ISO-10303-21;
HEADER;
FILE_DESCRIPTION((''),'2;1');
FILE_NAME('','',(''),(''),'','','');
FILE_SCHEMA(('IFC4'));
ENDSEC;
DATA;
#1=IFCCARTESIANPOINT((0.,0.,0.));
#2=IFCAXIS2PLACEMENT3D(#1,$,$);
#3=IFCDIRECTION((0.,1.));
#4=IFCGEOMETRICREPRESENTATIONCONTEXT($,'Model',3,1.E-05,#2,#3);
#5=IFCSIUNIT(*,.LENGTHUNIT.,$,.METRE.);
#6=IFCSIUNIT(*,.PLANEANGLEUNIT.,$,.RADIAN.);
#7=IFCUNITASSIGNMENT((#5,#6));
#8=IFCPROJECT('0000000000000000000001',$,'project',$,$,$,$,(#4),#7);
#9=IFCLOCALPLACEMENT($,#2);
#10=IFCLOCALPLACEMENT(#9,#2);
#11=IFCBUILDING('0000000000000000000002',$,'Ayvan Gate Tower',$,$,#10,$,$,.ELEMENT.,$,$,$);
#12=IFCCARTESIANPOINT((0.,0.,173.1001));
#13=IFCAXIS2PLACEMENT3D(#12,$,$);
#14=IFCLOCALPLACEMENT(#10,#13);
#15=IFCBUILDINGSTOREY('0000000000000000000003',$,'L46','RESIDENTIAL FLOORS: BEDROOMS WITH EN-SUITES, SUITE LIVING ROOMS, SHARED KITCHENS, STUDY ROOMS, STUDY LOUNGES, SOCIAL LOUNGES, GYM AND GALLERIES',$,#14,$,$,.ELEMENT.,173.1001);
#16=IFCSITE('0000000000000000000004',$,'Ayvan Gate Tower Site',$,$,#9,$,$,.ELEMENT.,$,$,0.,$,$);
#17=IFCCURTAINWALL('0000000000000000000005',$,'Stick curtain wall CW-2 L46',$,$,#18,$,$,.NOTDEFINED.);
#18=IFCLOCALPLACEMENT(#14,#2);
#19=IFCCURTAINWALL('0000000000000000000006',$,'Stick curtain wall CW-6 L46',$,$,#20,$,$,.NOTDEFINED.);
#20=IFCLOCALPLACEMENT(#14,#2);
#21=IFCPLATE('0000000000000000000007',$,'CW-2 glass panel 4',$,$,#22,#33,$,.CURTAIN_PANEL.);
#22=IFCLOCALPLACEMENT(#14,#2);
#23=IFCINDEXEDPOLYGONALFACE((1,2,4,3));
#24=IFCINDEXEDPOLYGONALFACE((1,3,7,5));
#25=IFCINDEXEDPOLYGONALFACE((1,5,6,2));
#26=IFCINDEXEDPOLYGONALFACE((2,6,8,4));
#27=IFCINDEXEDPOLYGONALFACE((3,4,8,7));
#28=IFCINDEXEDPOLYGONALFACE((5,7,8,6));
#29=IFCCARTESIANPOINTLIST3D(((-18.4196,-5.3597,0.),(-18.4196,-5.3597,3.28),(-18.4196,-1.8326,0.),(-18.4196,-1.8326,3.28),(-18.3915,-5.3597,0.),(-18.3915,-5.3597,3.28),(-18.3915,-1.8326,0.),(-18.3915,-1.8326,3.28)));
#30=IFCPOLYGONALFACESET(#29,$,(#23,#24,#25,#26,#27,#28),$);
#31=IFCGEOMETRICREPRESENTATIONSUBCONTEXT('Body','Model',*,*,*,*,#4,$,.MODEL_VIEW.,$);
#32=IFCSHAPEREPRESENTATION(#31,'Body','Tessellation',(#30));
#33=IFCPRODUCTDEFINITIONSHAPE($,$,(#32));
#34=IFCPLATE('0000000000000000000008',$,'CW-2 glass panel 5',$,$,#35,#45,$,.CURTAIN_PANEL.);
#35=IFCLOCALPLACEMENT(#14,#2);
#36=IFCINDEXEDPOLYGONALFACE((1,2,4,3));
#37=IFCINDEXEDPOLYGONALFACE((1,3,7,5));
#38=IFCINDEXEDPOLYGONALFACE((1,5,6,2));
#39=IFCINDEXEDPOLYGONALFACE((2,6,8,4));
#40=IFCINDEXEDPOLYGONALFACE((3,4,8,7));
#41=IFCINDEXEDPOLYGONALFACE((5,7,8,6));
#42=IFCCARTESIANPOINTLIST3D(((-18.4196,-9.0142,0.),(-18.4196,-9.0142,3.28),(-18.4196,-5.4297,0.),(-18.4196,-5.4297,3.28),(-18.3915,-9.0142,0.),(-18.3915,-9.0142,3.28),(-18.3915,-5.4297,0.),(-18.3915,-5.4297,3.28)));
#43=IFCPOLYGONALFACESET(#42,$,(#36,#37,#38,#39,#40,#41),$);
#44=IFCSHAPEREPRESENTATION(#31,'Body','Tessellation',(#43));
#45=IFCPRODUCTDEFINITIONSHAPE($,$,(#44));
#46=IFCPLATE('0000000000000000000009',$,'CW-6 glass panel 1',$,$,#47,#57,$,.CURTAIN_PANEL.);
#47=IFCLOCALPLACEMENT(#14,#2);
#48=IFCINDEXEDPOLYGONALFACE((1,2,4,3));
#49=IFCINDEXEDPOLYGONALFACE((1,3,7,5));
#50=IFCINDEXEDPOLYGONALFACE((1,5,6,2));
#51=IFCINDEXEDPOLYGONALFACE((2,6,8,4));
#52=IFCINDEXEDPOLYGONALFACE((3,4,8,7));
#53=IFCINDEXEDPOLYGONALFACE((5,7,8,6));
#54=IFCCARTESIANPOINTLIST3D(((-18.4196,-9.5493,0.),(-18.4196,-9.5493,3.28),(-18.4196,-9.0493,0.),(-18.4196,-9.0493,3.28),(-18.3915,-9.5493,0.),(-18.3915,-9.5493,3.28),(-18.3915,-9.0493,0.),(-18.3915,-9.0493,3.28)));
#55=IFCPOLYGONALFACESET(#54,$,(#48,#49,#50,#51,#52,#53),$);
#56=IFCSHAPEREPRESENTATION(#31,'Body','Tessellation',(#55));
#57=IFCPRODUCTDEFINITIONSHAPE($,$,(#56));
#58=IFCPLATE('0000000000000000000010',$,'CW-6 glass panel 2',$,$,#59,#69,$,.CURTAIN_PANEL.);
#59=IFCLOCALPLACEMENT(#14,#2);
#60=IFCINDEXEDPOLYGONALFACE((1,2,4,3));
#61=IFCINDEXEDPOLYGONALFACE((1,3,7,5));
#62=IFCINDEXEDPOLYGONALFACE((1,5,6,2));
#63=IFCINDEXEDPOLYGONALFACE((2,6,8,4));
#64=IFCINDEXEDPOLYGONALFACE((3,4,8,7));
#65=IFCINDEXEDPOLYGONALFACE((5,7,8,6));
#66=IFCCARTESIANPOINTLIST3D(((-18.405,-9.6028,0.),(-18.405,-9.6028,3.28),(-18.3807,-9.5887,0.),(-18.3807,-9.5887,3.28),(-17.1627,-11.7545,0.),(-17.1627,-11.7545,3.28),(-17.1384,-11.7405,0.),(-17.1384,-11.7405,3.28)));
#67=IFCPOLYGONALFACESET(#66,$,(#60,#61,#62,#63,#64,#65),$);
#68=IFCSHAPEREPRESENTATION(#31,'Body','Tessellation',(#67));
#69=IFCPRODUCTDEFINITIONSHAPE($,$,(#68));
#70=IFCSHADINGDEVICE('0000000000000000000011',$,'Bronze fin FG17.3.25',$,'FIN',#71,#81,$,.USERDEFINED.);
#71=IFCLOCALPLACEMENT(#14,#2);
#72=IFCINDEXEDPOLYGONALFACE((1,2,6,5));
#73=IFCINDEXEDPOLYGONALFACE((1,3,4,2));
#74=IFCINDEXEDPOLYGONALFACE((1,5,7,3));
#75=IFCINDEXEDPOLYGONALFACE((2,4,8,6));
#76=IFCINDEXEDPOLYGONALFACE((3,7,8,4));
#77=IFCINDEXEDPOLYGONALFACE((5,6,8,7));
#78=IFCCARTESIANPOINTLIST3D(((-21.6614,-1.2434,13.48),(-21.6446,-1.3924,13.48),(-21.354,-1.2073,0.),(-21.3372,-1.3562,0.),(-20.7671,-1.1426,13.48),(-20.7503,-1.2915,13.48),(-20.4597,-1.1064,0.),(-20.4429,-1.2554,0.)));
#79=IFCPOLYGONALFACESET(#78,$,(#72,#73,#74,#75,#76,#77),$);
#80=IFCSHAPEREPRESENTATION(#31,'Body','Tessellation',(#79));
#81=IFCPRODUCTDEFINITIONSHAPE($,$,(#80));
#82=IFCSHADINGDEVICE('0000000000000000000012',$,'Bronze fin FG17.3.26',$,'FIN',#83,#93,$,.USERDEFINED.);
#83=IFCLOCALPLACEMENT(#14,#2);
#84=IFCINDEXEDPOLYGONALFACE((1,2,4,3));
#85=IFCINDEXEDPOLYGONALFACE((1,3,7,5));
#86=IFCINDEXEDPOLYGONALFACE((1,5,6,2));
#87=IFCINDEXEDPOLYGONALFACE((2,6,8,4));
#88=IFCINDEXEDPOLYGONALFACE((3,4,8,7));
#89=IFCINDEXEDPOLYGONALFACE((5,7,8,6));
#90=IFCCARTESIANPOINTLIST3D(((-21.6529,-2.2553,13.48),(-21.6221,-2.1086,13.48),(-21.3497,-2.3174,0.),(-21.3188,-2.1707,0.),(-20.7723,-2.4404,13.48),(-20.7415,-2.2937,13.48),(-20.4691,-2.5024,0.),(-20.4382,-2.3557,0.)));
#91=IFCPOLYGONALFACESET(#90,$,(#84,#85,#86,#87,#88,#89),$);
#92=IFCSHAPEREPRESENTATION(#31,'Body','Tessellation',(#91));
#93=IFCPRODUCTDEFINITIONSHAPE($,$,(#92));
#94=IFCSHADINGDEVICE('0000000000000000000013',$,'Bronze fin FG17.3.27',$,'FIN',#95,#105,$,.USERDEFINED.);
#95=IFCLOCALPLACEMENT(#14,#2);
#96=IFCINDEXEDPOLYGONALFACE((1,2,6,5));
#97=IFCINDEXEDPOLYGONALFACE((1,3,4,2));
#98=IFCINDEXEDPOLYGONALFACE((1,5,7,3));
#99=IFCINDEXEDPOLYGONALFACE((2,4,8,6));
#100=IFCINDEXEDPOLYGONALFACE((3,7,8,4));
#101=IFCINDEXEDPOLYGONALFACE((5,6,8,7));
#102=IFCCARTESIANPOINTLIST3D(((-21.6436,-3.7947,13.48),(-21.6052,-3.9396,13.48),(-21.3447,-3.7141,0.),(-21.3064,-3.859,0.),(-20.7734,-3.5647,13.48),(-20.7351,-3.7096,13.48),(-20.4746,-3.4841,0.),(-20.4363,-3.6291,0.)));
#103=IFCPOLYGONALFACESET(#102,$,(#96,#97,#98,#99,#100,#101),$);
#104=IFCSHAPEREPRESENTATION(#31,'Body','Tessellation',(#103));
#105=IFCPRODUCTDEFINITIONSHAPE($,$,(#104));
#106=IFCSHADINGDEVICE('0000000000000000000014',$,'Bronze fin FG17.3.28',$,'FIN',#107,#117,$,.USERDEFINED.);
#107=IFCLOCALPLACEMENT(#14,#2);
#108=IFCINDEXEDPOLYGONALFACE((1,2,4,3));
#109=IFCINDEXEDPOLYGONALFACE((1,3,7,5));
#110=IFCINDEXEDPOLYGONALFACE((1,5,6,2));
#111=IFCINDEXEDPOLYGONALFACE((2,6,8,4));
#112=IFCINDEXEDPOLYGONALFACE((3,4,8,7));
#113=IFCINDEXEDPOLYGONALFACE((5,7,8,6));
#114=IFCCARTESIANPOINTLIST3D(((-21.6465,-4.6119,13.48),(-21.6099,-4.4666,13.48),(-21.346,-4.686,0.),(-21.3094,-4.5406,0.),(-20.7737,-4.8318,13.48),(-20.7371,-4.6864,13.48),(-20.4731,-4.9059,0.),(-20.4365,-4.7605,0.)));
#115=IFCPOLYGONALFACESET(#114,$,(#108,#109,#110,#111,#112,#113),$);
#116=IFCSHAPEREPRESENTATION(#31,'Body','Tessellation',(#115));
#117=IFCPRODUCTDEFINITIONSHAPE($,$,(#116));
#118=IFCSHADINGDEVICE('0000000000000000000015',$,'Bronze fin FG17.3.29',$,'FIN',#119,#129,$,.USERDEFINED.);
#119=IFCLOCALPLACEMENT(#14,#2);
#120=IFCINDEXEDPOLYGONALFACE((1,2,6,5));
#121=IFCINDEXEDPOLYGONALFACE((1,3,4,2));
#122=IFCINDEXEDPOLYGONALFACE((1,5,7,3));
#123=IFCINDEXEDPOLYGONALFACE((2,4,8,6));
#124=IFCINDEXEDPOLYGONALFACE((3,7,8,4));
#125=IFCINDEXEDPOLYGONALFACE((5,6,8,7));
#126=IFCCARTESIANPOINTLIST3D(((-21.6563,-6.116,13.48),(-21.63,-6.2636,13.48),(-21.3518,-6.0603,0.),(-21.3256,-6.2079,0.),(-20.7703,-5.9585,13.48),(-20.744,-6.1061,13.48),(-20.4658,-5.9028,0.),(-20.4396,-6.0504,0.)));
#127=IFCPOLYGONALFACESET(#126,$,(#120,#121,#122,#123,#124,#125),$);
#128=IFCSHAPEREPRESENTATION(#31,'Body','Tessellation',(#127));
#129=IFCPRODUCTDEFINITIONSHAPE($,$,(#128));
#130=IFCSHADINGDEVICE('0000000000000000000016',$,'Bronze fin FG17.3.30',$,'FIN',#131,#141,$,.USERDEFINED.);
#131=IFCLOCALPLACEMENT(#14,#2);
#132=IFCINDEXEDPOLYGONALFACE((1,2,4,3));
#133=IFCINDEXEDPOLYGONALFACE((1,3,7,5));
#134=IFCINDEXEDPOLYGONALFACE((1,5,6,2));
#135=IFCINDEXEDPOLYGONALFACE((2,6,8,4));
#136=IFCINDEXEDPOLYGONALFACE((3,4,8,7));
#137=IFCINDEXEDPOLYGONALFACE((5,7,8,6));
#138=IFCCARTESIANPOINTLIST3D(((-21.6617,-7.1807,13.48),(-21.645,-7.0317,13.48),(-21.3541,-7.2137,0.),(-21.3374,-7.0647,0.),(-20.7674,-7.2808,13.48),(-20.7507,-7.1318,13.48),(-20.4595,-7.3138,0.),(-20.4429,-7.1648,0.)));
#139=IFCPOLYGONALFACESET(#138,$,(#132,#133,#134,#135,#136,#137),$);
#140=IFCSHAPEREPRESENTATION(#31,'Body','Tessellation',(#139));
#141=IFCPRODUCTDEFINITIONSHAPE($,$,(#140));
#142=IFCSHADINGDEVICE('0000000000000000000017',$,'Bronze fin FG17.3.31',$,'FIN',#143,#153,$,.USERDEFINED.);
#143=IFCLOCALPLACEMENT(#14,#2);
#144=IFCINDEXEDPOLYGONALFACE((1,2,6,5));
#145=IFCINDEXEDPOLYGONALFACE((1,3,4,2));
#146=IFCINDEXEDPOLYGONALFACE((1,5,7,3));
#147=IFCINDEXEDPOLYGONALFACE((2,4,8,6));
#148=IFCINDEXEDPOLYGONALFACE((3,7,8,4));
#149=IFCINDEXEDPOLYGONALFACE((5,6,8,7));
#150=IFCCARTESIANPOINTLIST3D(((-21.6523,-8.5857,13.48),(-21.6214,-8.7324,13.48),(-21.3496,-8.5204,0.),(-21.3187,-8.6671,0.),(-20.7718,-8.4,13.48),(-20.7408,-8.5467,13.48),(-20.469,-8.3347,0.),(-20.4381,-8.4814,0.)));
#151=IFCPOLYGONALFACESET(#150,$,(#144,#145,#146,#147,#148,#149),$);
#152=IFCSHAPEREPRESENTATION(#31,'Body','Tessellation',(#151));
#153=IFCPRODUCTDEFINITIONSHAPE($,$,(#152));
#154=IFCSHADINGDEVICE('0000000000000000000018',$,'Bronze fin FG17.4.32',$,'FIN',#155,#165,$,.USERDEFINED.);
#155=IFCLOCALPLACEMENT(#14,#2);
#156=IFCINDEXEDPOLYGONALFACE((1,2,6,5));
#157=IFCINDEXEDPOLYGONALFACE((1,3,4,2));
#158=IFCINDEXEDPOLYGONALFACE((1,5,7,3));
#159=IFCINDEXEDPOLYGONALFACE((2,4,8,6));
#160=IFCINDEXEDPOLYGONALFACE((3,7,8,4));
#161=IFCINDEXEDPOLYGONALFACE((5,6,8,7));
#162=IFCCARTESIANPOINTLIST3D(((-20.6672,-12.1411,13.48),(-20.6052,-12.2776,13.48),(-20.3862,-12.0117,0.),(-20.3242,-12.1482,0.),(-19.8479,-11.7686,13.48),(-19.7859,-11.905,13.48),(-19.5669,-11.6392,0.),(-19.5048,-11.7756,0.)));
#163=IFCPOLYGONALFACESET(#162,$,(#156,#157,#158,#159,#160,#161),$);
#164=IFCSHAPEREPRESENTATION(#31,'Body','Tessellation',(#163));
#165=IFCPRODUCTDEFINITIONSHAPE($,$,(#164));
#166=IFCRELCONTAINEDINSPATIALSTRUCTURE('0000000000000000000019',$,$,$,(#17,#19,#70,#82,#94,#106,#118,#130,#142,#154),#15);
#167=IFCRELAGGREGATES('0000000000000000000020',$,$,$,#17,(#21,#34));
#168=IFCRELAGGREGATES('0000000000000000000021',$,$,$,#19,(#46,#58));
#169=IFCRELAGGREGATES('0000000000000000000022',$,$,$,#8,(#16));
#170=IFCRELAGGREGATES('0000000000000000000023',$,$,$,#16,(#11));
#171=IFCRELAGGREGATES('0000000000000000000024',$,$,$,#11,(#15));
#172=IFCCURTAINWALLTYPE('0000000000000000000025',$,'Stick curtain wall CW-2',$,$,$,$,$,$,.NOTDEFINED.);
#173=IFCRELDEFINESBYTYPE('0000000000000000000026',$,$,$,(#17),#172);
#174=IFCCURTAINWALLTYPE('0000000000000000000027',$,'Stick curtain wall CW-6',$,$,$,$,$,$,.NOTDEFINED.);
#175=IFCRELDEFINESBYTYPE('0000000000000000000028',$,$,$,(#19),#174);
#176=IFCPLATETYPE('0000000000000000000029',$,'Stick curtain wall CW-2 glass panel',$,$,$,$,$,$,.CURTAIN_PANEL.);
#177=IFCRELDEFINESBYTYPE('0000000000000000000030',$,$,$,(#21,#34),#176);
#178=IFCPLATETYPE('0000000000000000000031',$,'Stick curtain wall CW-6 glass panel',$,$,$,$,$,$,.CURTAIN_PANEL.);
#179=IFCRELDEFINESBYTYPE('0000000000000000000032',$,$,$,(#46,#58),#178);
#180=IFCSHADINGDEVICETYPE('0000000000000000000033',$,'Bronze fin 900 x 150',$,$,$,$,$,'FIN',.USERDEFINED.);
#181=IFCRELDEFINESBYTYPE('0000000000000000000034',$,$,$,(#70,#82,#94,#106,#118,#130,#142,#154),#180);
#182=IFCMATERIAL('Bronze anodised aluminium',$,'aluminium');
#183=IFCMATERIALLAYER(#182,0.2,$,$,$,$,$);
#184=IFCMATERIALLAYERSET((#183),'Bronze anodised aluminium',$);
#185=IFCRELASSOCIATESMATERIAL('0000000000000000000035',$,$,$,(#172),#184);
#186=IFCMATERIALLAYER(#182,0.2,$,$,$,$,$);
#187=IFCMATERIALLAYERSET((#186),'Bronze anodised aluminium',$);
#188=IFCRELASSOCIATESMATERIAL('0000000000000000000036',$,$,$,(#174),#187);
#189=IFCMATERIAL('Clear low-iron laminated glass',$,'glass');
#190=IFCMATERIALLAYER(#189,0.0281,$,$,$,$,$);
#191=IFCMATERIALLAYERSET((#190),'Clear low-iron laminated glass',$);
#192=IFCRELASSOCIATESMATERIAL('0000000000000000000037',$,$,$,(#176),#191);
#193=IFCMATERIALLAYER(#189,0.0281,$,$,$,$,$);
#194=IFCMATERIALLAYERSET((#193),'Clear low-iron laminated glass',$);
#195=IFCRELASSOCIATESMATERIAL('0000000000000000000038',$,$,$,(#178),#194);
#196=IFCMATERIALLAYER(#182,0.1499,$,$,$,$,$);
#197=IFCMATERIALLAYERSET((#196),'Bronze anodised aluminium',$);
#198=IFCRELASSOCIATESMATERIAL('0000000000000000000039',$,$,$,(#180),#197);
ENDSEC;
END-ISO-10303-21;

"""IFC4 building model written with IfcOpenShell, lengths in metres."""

from ifc_helpers import new_model, si_unit, direction, frame, origin, origin_2d, place, context, subcontext, project, spatial, polyline, rectangle, outline, extrude, material, layer, layer_set, type_object, element, aggregate, save


model = new_model("IFC4")

# Units and contexts
model_context = context("Model", 3, precision=1e-05, world=origin(), true_north=direction((0.0, 1.0)))
body_context = subcontext(model_context, "Body", "Model", "MODEL_VIEW")
ifc_project = project(units=[si_unit("LENGTHUNIT", "METRE"), si_unit("PLANEANGLEUNIT", "RADIAN")], contexts=[model_context])

# Site, building, storey
site_placement = place(None, origin())
site = spatial("IfcSite", under=ifc_project, at=site_placement, Name="Ayvan Gate Tower Site", CompositionType="ELEMENT", RefElevation=0.0)
building_placement = place(site_placement, origin())
building = spatial("IfcBuilding", under=site, at=building_placement, Name="Ayvan Gate Tower", CompositionType="ELEMENT")
storey_placement = place(building_placement, frame((0.0, 0.0, 173.1001)))
storey = spatial("IfcBuildingStorey", under=building, at=storey_placement, Name="L46", Description="RESIDENTIAL FLOORS: BEDROOMS WITH EN-SUITES, SUITE LIVING ROOMS, SHARED KITCHENS, STUDY ROOMS, STUDY LOUNGES, SOCIAL LOUNGES, GYM AND GALLERIES", CompositionType="ELEMENT", Elevation=173.1001)

# Curtain walls
ifc_material_1 = material(Name="Bronze anodised aluminium", Category="aluminium")
ifc_layer_1 = layer(ifc_material_1, 0.2)
ifc_layer_set_1 = layer_set([ifc_layer_1], Name="Bronze anodised aluminium")
curtain_wall_type_1 = type_object("IfcCurtainWallType", Name="Stick curtain wall CW-2", PredefinedType="NOTDEFINED", material=ifc_layer_set_1)
curtain_wall_1_placement = place(storey_placement, origin())
curtain_wall_1 = element("IfcCurtainWall", 1, at=curtain_wall_1_placement, inside=storey, type_object=curtain_wall_type_1, Name="Stick curtain wall CW-2 L46", PredefinedType="NOTDEFINED")
ifc_layer_2 = layer(ifc_material_1, 0.2)
ifc_layer_set_2 = layer_set([ifc_layer_2], Name="Bronze anodised aluminium")
curtain_wall_type_2 = type_object("IfcCurtainWallType", Name="Stick curtain wall CW-6", PredefinedType="NOTDEFINED", material=ifc_layer_set_2)
curtain_wall_2_placement = place(storey_placement, origin())
curtain_wall_2 = element("IfcCurtainWall", 2, at=curtain_wall_2_placement, inside=storey, type_object=curtain_wall_type_2, Name="Stick curtain wall CW-6 L46", PredefinedType="NOTDEFINED")

# Plates
ifc_material_2 = material(Name="Clear low-iron laminated glass", Category="glass")
ifc_layer_3 = layer(ifc_material_2, 0.0281)
ifc_layer_set_3 = layer_set([ifc_layer_3], Name="Clear low-iron laminated glass")
plate_type_1 = type_object("IfcPlateType", Name="Stick curtain wall CW-2 glass panel", PredefinedType="CURTAIN_PANEL", material=ifc_layer_set_3)
plate_1_placement = place(storey_placement, frame((-18.4055, -3.5962, 0.0), z_axis=(0.0, 0.0, 1.0), x_axis=(0.0, -1.0, 0.0)))
plate_1 = element("IfcPlate", 3, at=plate_1_placement, type_object=plate_type_1, Name="CW-2 glass panel 4", PredefinedType="CURTAIN_PANEL", context=body_context, shape_type="SweptSolid", body=[
    extrude(rectangle(XDim=3.5271, YDim=0.0281, at=origin_2d()), origin(), (0.0, 0.0, 1.0), 3.28),
])
plate_2_placement = place(storey_placement, frame((-18.4055, -7.2219, 0.0), z_axis=(0.0, 0.0, 1.0), x_axis=(0.0, -1.0, 0.0)))
plate_2 = element("IfcPlate", 4, at=plate_2_placement, type_object=plate_type_1, Name="CW-2 glass panel 5", PredefinedType="CURTAIN_PANEL", context=body_context, shape_type="SweptSolid", body=[
    extrude(rectangle(XDim=3.5845, YDim=0.0281, at=origin_2d()), origin(), (0.0, 0.0, 1.0), 3.28),
])
aggregate(curtain_wall_1, [plate_1, plate_2])
ifc_layer_4 = layer(ifc_material_2, 0.0281)
ifc_layer_set_4 = layer_set([ifc_layer_4], Name="Clear low-iron laminated glass")
plate_type_2 = type_object("IfcPlateType", Name="Stick curtain wall CW-6 glass panel", PredefinedType="CURTAIN_PANEL", material=ifc_layer_set_4)
plate_3_placement = place(storey_placement, frame((-18.4055, -9.2993, 0.0), z_axis=(0.0, 0.0, 1.0), x_axis=(0.0, -1.0, 0.0)))
plate_3 = element("IfcPlate", 5, at=plate_3_placement, type_object=plate_type_2, Name="CW-6 glass panel 1", PredefinedType="CURTAIN_PANEL", context=body_context, shape_type="SweptSolid", body=[
    extrude(rectangle(XDim=0.5, YDim=0.0281, at=origin_2d()), origin(), (0.0, 0.0, 1.0), 3.28),
])
plate_4_placement = place(storey_placement, frame((-17.7717, -10.6716, 0.0), z_axis=(0.0, 0.0, 1.0), x_axis=(0.5, -0.866025, 0.0)))
plate_4 = element("IfcPlate", 6, at=plate_4_placement, type_object=plate_type_2, Name="CW-6 glass panel 2", PredefinedType="CURTAIN_PANEL", context=body_context, shape_type="SweptSolid", body=[
    extrude(rectangle(XDim=2.4846, YDim=0.0281, at=origin_2d()), origin(), (0.0, 0.0, 1.0), 3.28),
])
aggregate(curtain_wall_2, [plate_3, plate_4])

# Shading devices
ifc_layer_5 = layer(ifc_material_1, 0.1499)
ifc_layer_set_5 = layer_set([ifc_layer_5], Name="Bronze anodised aluminium")
shading_device_type = type_object("IfcShadingDeviceType", Name="Bronze fin 900 x 150", ElementType="FIN", PredefinedType="USERDEFINED", material=ifc_layer_set_5)
shading_device_1_placement = place(storey_placement, frame((-20.4597, -1.1064, 0.0), z_axis=(-0.112039, 0.993704, 0.000109), x_axis=(-0.993704, -0.112039, 0.0)))
element("IfcShadingDevice", 7, at=shading_device_1_placement, inside=storey, type_object=shading_device_type, Name="Bronze fin FG17.3.25", ObjectType="FIN", PredefinedType="USERDEFINED", context=body_context, shape_type="SweptSolid", body=[
    extrude(outline(polyline([(0.0, 0.0), (0.9, 0.0), (1.2094, 13.48), (0.3095, 13.48), (0.0, 0.0)])), origin(), (0.0, 0.0, -1.0), 0.1499),
])
shading_device_2_placement = place(storey_placement, frame((-20.4382, -2.3557, 0.0), z_axis=(0.205655, 0.978625, 0.000124), x_axis=(-0.978625, 0.205655, 0.0)))
element("IfcShadingDevice", 8, at=shading_device_2_placement, inside=storey, type_object=shading_device_type, Name="Bronze fin FG17.3.26", ObjectType="FIN", PredefinedType="USERDEFINED", context=body_context, shape_type="SweptSolid", body=[
    extrude(outline(polyline([(0.0, 0.0), (0.8998, 0.0), (1.2093, 13.48), (0.3095, 13.48), (0.0, 0.0)])), origin(), (0.0, 0.0, -1.0), 0.1499),
])
shading_device_3_placement = place(storey_placement, frame((-20.4746, -3.4841, 0.0), z_axis=(-0.255535, 0.9668, 0.000114), x_axis=(-0.9668, -0.255535, 0.0)))
element("IfcShadingDevice", 9, at=shading_device_3_placement, inside=storey, type_object=shading_device_type, Name="Bronze fin FG17.3.27", ObjectType="FIN", PredefinedType="USERDEFINED", context=body_context, shape_type="SweptSolid", body=[
    extrude(outline(polyline([(0.0, 0.0), (0.9, 0.0), (1.2095, 13.48), (0.3095, 13.48), (0.0, 0.0)])), origin(), (0.0, 0.0, -1.0), 0.1499),
])
shading_device_4_placement = place(storey_placement, frame((-20.4365, -4.7605, 0.0), z_axis=(0.244258, 0.96971, 0.000115), x_axis=(-0.96971, 0.244258, 0.0)))
element("IfcShadingDevice", 10, at=shading_device_4_placement, inside=storey, type_object=shading_device_type, Name="Bronze fin FG17.3.28", ObjectType="FIN", PredefinedType="USERDEFINED", context=body_context, shape_type="SweptSolid", body=[
    extrude(outline(polyline([(0.0, 0.0), (0.9001, 0.0), (1.2096, 13.48), (0.3096, 13.48), (0.0, 0.0)])), origin(), (0.0, 0.0, -1.0), 0.1499),
])
shading_device_5_placement = place(storey_placement, frame((-20.4658, -5.9028, 0.0), z_axis=(-0.174992, 0.98457, 0.000113), x_axis=(-0.98457, -0.174992, 0.0)))
element("IfcShadingDevice", 11, at=shading_device_5_placement, inside=storey, type_object=shading_device_type, Name="Bronze fin FG17.3.29", ObjectType="FIN", PredefinedType="USERDEFINED", context=body_context, shape_type="SweptSolid", body=[
    extrude(outline(polyline([(0.0, 0.0), (0.8999, 0.0), (1.2094, 13.48), (0.3095, 13.48), (0.0, 0.0)])), origin(), (0.0, 0.0, -1.0), 0.1499),
])
shading_device_6_placement = place(storey_placement, frame((-20.4429, -7.1648, 0.0), z_axis=(0.11122, 0.993796, 0.000109), x_axis=(-0.993796, 0.11122, 0.0)))
element("IfcShadingDevice", 12, at=shading_device_6_placement, inside=storey, type_object=shading_device_type, Name="Bronze fin FG17.3.30", ObjectType="FIN", PredefinedType="USERDEFINED", context=body_context, shape_type="SweptSolid", body=[
    extrude(outline(polyline([(0.0, 0.0), (0.9001, 0.0), (1.2095, 13.48), (0.3096, 13.48), (0.0, 0.0)])), origin(), (0.0, 0.0, -1.0), 0.1499),
])
shading_device_7_placement = place(storey_placement, frame((-20.469, -8.3347, 0.0), z_axis=(-0.206304, 0.978488, 0.000107), x_axis=(-0.978488, -0.206304, 0.0)))
element("IfcShadingDevice", 13, at=shading_device_7_placement, inside=storey, type_object=shading_device_type, Name="Bronze fin FG17.3.31", ObjectType="FIN", PredefinedType="USERDEFINED", context=body_context, shape_type="SweptSolid", body=[
    extrude(outline(polyline([(0.0, 0.0), (0.9, 0.0), (1.2097, 13.48), (0.3097, 13.48), (0.0, 0.0)])), origin(), (0.0, 0.0, -1.0), 0.1499),
])
shading_device_8_placement = place(storey_placement, frame((-19.5669, -11.6392, 0.0), z_axis=(-0.413926, 0.910311, 0.000109), x_axis=(-0.910311, -0.413926, 0.0)))
element("IfcShadingDevice", 14, at=shading_device_8_placement, inside=storey, type_object=shading_device_type, Name="Bronze fin FG17.4.32", ObjectType="FIN", PredefinedType="USERDEFINED", context=body_context, shape_type="SweptSolid", body=[
    extrude(outline(polyline([(0.0, 0.0), (0.9001, 0.0), (1.2094, 13.48), (0.3094, 13.48), (0.0, 0.0)])), origin(), (0.0, 0.0, -1.0), 0.1499),
])

save(model, "model.ifc")
